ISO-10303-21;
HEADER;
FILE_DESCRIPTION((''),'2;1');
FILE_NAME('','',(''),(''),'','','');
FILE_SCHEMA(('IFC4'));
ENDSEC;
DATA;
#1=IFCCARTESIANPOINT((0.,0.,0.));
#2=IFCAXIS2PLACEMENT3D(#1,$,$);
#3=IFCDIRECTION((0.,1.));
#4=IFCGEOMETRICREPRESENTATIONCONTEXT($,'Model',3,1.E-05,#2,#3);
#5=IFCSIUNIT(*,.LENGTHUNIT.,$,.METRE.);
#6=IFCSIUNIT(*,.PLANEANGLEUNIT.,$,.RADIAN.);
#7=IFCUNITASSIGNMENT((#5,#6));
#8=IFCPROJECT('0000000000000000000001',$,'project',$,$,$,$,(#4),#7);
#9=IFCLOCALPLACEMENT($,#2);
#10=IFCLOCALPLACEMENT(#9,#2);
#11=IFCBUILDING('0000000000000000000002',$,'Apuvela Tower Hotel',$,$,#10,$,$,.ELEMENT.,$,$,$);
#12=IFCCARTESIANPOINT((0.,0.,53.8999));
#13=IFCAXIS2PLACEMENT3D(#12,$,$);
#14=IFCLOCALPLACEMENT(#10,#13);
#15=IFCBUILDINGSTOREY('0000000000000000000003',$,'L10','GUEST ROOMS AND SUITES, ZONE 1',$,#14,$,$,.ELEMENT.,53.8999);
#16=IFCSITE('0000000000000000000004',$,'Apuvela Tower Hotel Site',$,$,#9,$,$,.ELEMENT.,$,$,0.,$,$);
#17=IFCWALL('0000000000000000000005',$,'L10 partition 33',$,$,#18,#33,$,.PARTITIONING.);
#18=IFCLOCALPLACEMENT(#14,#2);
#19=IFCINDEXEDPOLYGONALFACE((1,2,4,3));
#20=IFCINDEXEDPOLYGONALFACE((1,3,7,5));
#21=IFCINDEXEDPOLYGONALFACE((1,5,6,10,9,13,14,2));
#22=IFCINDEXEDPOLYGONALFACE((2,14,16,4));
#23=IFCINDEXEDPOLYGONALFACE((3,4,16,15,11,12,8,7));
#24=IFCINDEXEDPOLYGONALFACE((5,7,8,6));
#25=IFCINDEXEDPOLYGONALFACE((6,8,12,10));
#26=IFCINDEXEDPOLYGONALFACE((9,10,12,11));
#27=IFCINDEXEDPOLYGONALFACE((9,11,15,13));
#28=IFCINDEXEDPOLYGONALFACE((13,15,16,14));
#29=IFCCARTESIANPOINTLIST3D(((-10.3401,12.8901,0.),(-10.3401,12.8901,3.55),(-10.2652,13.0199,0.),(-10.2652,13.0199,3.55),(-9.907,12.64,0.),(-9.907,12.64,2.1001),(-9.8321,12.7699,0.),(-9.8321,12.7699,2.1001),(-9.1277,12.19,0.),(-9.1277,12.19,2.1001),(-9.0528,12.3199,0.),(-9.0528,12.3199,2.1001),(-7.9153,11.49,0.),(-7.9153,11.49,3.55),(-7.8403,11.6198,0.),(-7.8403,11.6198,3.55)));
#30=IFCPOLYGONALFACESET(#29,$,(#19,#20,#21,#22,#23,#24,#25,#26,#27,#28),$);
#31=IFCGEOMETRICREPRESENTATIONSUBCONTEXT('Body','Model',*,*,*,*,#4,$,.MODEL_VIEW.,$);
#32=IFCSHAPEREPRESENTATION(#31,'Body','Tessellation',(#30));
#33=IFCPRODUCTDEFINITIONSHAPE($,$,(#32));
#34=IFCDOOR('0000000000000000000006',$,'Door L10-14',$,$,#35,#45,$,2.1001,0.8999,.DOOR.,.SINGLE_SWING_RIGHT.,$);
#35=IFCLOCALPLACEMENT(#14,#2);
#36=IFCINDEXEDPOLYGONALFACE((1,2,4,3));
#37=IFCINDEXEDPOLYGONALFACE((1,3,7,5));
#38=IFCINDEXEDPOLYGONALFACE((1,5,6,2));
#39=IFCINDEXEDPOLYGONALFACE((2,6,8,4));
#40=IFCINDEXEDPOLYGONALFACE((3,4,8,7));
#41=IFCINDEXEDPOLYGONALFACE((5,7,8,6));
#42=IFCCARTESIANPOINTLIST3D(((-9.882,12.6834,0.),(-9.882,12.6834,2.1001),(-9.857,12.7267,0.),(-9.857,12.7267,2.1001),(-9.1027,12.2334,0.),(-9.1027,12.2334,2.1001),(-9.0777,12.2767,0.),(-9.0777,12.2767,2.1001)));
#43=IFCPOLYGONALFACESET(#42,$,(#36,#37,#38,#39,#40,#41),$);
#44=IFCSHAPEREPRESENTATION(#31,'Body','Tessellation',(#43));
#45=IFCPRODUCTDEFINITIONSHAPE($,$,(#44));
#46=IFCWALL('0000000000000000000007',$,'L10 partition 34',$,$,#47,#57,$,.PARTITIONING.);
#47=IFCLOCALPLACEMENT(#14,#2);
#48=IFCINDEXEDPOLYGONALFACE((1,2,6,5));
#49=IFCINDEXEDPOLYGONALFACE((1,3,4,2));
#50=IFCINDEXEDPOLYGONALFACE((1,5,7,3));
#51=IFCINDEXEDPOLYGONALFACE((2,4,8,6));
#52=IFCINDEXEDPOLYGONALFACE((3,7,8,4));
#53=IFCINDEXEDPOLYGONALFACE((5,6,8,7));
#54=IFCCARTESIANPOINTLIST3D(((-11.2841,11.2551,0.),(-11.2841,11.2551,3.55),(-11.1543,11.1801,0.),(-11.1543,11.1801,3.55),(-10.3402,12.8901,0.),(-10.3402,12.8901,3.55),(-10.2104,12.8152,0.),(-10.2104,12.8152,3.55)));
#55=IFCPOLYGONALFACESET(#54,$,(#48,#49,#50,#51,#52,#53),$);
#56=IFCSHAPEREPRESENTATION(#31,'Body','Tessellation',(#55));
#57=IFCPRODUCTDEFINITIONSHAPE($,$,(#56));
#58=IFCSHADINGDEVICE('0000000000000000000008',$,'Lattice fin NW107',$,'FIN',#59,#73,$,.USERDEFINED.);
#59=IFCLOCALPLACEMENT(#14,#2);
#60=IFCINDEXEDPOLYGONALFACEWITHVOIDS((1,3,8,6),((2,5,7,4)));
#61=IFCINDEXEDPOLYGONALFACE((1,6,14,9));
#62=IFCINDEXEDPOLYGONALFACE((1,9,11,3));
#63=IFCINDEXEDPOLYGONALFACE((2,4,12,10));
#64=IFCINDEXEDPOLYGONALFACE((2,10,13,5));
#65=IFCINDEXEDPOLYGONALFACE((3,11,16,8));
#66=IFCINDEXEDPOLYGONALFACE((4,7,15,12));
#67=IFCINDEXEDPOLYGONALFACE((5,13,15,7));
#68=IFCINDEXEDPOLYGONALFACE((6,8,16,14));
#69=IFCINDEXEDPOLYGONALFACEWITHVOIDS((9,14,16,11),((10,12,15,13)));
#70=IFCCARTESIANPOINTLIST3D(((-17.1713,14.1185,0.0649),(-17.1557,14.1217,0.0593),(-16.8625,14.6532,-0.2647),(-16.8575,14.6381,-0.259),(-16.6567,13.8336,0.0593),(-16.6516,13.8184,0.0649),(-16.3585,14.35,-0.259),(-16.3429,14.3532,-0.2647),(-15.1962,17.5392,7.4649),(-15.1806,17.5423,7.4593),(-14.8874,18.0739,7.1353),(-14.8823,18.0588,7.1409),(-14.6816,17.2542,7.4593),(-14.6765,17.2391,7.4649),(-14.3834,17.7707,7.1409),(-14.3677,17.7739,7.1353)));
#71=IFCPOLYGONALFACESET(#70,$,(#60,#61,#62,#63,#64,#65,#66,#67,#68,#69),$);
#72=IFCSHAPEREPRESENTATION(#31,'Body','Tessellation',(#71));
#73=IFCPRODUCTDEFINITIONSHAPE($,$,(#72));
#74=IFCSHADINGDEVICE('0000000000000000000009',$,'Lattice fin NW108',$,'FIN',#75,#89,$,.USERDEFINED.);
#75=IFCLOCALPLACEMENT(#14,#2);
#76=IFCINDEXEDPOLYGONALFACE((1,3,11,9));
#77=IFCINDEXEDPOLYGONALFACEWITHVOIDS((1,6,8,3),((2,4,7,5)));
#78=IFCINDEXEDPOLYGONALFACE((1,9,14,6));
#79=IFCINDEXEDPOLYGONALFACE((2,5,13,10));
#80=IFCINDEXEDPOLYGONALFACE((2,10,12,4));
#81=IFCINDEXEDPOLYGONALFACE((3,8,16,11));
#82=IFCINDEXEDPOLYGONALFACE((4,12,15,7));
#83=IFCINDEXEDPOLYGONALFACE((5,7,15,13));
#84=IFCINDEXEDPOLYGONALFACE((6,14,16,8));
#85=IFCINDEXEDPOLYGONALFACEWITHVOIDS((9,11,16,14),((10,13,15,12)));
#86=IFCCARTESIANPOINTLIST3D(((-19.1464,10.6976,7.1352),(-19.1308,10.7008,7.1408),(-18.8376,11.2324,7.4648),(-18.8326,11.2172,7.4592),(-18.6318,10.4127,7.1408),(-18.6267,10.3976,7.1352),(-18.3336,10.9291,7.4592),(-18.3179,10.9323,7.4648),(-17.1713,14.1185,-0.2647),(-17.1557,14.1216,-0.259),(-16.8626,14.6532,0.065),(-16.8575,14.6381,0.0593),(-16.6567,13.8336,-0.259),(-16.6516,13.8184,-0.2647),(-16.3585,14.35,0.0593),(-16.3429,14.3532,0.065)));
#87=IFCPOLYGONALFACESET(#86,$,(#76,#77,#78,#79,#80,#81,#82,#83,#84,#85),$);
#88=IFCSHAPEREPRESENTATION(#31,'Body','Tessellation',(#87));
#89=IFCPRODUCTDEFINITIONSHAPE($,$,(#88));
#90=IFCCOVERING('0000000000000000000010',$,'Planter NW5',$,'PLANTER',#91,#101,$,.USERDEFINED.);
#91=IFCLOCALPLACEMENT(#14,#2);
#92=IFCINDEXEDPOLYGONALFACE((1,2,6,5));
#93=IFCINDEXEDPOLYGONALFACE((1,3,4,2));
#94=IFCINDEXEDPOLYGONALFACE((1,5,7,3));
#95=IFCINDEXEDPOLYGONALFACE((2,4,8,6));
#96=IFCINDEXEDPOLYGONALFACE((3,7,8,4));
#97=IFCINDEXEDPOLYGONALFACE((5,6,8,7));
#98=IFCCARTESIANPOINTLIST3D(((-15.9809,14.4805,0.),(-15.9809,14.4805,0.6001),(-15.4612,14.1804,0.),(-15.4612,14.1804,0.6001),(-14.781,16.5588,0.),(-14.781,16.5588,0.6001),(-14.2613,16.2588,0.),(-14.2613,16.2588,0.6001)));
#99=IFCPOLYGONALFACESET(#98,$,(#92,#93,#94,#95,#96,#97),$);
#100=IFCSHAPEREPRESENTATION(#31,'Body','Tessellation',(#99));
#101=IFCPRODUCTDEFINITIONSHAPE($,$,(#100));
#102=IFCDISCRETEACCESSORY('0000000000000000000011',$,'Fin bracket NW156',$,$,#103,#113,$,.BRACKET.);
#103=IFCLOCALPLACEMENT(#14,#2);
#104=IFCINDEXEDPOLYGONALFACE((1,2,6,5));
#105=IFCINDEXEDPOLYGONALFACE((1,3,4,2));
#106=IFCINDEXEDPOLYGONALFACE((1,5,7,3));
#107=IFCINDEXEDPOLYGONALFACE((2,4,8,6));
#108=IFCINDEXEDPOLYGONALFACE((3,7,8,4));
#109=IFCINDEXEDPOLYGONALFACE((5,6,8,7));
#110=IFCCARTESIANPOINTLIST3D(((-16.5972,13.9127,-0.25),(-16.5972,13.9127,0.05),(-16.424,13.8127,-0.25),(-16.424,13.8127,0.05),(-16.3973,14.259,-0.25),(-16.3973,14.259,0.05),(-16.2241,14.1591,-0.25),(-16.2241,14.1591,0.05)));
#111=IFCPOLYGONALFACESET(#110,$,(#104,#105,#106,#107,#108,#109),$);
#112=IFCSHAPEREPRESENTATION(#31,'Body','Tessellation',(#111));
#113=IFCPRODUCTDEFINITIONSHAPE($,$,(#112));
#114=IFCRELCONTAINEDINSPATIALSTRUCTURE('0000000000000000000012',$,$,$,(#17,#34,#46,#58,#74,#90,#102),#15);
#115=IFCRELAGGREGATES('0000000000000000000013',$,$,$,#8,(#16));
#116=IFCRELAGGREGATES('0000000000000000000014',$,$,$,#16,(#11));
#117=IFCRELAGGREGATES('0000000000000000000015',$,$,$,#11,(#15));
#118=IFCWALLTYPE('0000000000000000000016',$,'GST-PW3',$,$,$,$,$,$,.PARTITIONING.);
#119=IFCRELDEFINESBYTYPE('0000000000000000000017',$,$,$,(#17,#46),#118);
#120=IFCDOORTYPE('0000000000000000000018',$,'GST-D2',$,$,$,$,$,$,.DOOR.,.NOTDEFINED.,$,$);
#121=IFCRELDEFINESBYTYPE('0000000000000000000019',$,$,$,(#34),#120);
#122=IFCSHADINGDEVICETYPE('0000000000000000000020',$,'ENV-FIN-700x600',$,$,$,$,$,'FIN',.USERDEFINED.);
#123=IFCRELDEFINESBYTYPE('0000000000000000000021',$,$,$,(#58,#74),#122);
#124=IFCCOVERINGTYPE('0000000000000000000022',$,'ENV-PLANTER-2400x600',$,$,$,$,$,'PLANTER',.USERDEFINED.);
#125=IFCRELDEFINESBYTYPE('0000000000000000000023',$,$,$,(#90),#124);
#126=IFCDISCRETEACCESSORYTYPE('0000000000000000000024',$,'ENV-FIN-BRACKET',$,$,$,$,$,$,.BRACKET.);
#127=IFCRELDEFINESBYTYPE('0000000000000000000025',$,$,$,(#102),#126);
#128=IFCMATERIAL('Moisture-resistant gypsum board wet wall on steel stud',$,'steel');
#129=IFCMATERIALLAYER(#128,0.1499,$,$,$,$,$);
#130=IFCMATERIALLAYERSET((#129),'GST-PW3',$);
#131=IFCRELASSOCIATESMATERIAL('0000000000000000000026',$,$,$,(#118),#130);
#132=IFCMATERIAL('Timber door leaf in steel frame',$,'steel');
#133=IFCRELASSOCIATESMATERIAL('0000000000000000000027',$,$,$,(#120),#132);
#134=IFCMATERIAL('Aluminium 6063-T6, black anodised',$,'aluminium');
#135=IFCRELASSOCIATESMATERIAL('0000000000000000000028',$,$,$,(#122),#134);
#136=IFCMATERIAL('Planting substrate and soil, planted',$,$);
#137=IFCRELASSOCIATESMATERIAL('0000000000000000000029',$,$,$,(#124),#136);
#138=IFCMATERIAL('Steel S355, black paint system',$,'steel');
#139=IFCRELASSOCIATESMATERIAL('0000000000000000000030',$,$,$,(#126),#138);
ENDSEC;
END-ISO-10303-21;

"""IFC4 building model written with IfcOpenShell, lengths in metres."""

from ifc_helpers import new_model, si_unit, direction, frame, frame_2d, origin, origin_2d, place, context, subcontext, project, spatial, rectangle, hollow_rectangle, extrude, material, layer, layer_set, material_profile, profile_set, type_object, element, fill, save


model = new_model("IFC4")

# Units and contexts
model_context = context("Model", 3, precision=1e-05, world=origin(), true_north=direction((0.0, 1.0)))
body_context = subcontext(model_context, "Body", "Model", "MODEL_VIEW")
ifc_project = project(units=[si_unit("LENGTHUNIT", "METRE"), si_unit("PLANEANGLEUNIT", "RADIAN")], contexts=[model_context])

# Site, building, storey
site_placement = place(None, origin())
site = spatial("IfcSite", under=ifc_project, at=site_placement, Name="Apuvela Tower Hotel Site", CompositionType="ELEMENT", RefElevation=0.0)
building_placement = place(site_placement, origin())
building = spatial("IfcBuilding", under=site, at=building_placement, Name="Apuvela Tower Hotel", CompositionType="ELEMENT")
storey_placement = place(building_placement, frame((0.0, 0.0, 53.8999)))
storey = spatial("IfcBuildingStorey", under=building, at=storey_placement, Name="L10", Description="GUEST ROOMS AND SUITES, ZONE 1", CompositionType="ELEMENT", Elevation=53.8999)

# Wall, opening, door
ifc_material_1 = material(Name="Moisture-resistant gypsum board wet wall on steel stud", Category="steel")
ifc_layer_1 = layer(ifc_material_1, 0.1499)
ifc_layer_set_1 = layer_set([ifc_layer_1], Name="GST-PW3")
wall_type_1 = type_object("IfcWallType", Name="GST-PW3", PredefinedType="PARTITIONING", material=ifc_layer_set_1)
wall_1_placement = place(storey_placement, frame((-7.8779, 11.5549, 0.0), z_axis=(0.0, 0.0, 1.0), x_axis=(-0.865997, 0.50005, 0.0)))
wall_1 = element("IfcWall", 1, at=wall_1_placement, inside=storey, type_object=wall_type_1, Name="L10 partition 33", PredefinedType="PARTITIONING", context=body_context, shape_type="SweptSolid", body=[
    extrude(rectangle(XDim=2.8, YDim=0.1499, at=frame_2d((1.3999, 0.0))), origin(), (0.0, 0.0, 1.0), 3.55),
])
opening_1_placement = place(wall_1_placement, frame((1.3999, 0.0, 0.0)))
opening_1 = element("IfcOpeningElement", 2, at=opening_1_placement, cuts=wall_1, PredefinedType="OPENING", context=body_context, shape_type="SweptSolid", body=[
    extrude(rectangle(XDim=0.8999, YDim=2.1001, at=frame_2d((0.45, 1.05))), frame((0.0, 0.085, 0.0), z_axis=(0.0, -1.0, 0.0), x_axis=(1.0, 0.0, 0.0)), (0.0, 0.0, 1.0), 0.1699),
])
ifc_material_2 = material(Name="Timber door leaf in steel frame", Category="steel")
door_type_1 = type_object("IfcDoorType", Name="GST-D2", OperationType="NOTDEFINED", PredefinedType="DOOR", material=ifc_material_2)
door_1_placement = place(opening_1_placement, origin())
door_1 = element("IfcDoor", 3, at=door_1_placement, inside=storey, type_object=door_type_1, Name="Door L10-14", OperationType="SINGLE_SWING_RIGHT", OverallHeight=2.1001, OverallWidth=0.8999, PredefinedType="DOOR", context=body_context, shape_type="SweptSolid", body=[
    extrude(rectangle(XDim=0.8999, YDim=2.1001, at=frame_2d((0.45, 1.05))), frame((0.0, 0.0249, 0.0), z_axis=(0.0, -1.0, 0.0), x_axis=(1.0, 0.0, 0.0)), (0.0, 0.0, 1.0), 0.05),
])
fill(opening_1, door_1)

# Wall
wall_2_placement = place(storey_placement, frame((-10.2754, 12.8525, 0.0), z_axis=(0.0, 0.0, 1.0), x_axis=(-0.49995, -0.866054, 0.0)))
element("IfcWall", 4, at=wall_2_placement, inside=storey, type_object=wall_type_1, Name="L10 partition 34", PredefinedType="PARTITIONING", context=body_context, shape_type="SweptSolid", body=[
    extrude(rectangle(XDim=1.8879, YDim=0.1499, at=frame_2d((0.9438, 0.0))), origin(), (0.0, 0.0, 1.0), 3.55),
])

# Shading devices
ifc_material_3 = material(Name="Aluminium 6063-T6, black anodised", Category="aluminium")
ifc_material_profile_1 = material_profile(ifc_material_3, hollow_rectangle(XDim=0.6001, YDim=0.7, WallThickness=0.012, at=origin_2d()), Name="AL BOX 700x600x12")
ifc_profile_set_1 = profile_set([ifc_material_profile_1], Name="Aluminium 6063-T6, black anodised")
shading_device_type = type_object("IfcShadingDeviceType", Name="ENV-FIN-700x600", ElementType="FIN", PredefinedType="USERDEFINED", material=ifc_profile_set_1)
for number, where, z_axis, x_axis, name in (
    (5, (-16.7571, 14.2358, -0.0999), (0.235464, 0.407798, 0.882189), (-0.866005, 0.500035, 0.0), "Lattice fin NW107"),
    (6, (-16.7571, 14.2358, -0.0999), (-0.235461, -0.407822, 0.882179), (0.866021, -0.500008, 0.0), "Lattice fin NW108"),
):
    element("IfcShadingDevice", number, at=place(storey_placement, frame(where, z_axis=z_axis, x_axis=x_axis)), inside=storey, type_object=shading_device_type, Name=name, ObjectType="FIN", PredefinedType="USERDEFINED", context=body_context, shape_type="SweptSolid", body=[
        extrude(hollow_rectangle(XDim=0.6001, YDim=0.7, WallThickness=0.012, at=origin_2d()), origin(), (0.0, 0.0, 1.0), 8.3882),
    ])

# Covering
ifc_material_4 = material(Name="Planting substrate and soil, planted")
covering_type = type_object("IfcCoveringType", Name="ENV-PLANTER-2400x600", ElementType="PLANTER", PredefinedType="USERDEFINED", material=ifc_material_4)
covering_placement = place(storey_placement, frame((-15.1211, 15.3696, 0.0), z_axis=(0.0, 0.0, 1.0), x_axis=(-0.5, -0.866025, 0.0)))
element("IfcCovering", 7, at=covering_placement, inside=storey, type_object=covering_type, Name="Planter NW5", ObjectType="PLANTER", PredefinedType="USERDEFINED", context=body_context, shape_type="SweptSolid", body=[
    extrude(rectangle(XDim=2.3999, YDim=0.6001, at=origin_2d()), origin(), (0.0, 0.0, 1.0), 0.6001),
])

# Discrete accessory
ifc_material_5 = material(Name="Steel S355, black paint system", Category="steel")
discrete_accessory_type = type_object("IfcDiscreteAccessoryType", Name="ENV-FIN-BRACKET", PredefinedType="BRACKET", material=ifc_material_5)
discrete_accessory_placement = place(storey_placement, frame((-16.4106, 14.0359, -0.25), z_axis=(0.0, 0.0, 1.0), x_axis=(-0.5, -0.866025, 0.0)))
element("IfcDiscreteAccessory", 8, at=discrete_accessory_placement, inside=storey, type_object=discrete_accessory_type, Name="Fin bracket NW156", PredefinedType="BRACKET", context=body_context, shape_type="SweptSolid", body=[
    extrude(rectangle(XDim=0.3999, YDim=0.2, at=origin_2d()), origin(), (0.0, 0.0, 1.0), 0.3),
])

save(model, "model.ifc")
